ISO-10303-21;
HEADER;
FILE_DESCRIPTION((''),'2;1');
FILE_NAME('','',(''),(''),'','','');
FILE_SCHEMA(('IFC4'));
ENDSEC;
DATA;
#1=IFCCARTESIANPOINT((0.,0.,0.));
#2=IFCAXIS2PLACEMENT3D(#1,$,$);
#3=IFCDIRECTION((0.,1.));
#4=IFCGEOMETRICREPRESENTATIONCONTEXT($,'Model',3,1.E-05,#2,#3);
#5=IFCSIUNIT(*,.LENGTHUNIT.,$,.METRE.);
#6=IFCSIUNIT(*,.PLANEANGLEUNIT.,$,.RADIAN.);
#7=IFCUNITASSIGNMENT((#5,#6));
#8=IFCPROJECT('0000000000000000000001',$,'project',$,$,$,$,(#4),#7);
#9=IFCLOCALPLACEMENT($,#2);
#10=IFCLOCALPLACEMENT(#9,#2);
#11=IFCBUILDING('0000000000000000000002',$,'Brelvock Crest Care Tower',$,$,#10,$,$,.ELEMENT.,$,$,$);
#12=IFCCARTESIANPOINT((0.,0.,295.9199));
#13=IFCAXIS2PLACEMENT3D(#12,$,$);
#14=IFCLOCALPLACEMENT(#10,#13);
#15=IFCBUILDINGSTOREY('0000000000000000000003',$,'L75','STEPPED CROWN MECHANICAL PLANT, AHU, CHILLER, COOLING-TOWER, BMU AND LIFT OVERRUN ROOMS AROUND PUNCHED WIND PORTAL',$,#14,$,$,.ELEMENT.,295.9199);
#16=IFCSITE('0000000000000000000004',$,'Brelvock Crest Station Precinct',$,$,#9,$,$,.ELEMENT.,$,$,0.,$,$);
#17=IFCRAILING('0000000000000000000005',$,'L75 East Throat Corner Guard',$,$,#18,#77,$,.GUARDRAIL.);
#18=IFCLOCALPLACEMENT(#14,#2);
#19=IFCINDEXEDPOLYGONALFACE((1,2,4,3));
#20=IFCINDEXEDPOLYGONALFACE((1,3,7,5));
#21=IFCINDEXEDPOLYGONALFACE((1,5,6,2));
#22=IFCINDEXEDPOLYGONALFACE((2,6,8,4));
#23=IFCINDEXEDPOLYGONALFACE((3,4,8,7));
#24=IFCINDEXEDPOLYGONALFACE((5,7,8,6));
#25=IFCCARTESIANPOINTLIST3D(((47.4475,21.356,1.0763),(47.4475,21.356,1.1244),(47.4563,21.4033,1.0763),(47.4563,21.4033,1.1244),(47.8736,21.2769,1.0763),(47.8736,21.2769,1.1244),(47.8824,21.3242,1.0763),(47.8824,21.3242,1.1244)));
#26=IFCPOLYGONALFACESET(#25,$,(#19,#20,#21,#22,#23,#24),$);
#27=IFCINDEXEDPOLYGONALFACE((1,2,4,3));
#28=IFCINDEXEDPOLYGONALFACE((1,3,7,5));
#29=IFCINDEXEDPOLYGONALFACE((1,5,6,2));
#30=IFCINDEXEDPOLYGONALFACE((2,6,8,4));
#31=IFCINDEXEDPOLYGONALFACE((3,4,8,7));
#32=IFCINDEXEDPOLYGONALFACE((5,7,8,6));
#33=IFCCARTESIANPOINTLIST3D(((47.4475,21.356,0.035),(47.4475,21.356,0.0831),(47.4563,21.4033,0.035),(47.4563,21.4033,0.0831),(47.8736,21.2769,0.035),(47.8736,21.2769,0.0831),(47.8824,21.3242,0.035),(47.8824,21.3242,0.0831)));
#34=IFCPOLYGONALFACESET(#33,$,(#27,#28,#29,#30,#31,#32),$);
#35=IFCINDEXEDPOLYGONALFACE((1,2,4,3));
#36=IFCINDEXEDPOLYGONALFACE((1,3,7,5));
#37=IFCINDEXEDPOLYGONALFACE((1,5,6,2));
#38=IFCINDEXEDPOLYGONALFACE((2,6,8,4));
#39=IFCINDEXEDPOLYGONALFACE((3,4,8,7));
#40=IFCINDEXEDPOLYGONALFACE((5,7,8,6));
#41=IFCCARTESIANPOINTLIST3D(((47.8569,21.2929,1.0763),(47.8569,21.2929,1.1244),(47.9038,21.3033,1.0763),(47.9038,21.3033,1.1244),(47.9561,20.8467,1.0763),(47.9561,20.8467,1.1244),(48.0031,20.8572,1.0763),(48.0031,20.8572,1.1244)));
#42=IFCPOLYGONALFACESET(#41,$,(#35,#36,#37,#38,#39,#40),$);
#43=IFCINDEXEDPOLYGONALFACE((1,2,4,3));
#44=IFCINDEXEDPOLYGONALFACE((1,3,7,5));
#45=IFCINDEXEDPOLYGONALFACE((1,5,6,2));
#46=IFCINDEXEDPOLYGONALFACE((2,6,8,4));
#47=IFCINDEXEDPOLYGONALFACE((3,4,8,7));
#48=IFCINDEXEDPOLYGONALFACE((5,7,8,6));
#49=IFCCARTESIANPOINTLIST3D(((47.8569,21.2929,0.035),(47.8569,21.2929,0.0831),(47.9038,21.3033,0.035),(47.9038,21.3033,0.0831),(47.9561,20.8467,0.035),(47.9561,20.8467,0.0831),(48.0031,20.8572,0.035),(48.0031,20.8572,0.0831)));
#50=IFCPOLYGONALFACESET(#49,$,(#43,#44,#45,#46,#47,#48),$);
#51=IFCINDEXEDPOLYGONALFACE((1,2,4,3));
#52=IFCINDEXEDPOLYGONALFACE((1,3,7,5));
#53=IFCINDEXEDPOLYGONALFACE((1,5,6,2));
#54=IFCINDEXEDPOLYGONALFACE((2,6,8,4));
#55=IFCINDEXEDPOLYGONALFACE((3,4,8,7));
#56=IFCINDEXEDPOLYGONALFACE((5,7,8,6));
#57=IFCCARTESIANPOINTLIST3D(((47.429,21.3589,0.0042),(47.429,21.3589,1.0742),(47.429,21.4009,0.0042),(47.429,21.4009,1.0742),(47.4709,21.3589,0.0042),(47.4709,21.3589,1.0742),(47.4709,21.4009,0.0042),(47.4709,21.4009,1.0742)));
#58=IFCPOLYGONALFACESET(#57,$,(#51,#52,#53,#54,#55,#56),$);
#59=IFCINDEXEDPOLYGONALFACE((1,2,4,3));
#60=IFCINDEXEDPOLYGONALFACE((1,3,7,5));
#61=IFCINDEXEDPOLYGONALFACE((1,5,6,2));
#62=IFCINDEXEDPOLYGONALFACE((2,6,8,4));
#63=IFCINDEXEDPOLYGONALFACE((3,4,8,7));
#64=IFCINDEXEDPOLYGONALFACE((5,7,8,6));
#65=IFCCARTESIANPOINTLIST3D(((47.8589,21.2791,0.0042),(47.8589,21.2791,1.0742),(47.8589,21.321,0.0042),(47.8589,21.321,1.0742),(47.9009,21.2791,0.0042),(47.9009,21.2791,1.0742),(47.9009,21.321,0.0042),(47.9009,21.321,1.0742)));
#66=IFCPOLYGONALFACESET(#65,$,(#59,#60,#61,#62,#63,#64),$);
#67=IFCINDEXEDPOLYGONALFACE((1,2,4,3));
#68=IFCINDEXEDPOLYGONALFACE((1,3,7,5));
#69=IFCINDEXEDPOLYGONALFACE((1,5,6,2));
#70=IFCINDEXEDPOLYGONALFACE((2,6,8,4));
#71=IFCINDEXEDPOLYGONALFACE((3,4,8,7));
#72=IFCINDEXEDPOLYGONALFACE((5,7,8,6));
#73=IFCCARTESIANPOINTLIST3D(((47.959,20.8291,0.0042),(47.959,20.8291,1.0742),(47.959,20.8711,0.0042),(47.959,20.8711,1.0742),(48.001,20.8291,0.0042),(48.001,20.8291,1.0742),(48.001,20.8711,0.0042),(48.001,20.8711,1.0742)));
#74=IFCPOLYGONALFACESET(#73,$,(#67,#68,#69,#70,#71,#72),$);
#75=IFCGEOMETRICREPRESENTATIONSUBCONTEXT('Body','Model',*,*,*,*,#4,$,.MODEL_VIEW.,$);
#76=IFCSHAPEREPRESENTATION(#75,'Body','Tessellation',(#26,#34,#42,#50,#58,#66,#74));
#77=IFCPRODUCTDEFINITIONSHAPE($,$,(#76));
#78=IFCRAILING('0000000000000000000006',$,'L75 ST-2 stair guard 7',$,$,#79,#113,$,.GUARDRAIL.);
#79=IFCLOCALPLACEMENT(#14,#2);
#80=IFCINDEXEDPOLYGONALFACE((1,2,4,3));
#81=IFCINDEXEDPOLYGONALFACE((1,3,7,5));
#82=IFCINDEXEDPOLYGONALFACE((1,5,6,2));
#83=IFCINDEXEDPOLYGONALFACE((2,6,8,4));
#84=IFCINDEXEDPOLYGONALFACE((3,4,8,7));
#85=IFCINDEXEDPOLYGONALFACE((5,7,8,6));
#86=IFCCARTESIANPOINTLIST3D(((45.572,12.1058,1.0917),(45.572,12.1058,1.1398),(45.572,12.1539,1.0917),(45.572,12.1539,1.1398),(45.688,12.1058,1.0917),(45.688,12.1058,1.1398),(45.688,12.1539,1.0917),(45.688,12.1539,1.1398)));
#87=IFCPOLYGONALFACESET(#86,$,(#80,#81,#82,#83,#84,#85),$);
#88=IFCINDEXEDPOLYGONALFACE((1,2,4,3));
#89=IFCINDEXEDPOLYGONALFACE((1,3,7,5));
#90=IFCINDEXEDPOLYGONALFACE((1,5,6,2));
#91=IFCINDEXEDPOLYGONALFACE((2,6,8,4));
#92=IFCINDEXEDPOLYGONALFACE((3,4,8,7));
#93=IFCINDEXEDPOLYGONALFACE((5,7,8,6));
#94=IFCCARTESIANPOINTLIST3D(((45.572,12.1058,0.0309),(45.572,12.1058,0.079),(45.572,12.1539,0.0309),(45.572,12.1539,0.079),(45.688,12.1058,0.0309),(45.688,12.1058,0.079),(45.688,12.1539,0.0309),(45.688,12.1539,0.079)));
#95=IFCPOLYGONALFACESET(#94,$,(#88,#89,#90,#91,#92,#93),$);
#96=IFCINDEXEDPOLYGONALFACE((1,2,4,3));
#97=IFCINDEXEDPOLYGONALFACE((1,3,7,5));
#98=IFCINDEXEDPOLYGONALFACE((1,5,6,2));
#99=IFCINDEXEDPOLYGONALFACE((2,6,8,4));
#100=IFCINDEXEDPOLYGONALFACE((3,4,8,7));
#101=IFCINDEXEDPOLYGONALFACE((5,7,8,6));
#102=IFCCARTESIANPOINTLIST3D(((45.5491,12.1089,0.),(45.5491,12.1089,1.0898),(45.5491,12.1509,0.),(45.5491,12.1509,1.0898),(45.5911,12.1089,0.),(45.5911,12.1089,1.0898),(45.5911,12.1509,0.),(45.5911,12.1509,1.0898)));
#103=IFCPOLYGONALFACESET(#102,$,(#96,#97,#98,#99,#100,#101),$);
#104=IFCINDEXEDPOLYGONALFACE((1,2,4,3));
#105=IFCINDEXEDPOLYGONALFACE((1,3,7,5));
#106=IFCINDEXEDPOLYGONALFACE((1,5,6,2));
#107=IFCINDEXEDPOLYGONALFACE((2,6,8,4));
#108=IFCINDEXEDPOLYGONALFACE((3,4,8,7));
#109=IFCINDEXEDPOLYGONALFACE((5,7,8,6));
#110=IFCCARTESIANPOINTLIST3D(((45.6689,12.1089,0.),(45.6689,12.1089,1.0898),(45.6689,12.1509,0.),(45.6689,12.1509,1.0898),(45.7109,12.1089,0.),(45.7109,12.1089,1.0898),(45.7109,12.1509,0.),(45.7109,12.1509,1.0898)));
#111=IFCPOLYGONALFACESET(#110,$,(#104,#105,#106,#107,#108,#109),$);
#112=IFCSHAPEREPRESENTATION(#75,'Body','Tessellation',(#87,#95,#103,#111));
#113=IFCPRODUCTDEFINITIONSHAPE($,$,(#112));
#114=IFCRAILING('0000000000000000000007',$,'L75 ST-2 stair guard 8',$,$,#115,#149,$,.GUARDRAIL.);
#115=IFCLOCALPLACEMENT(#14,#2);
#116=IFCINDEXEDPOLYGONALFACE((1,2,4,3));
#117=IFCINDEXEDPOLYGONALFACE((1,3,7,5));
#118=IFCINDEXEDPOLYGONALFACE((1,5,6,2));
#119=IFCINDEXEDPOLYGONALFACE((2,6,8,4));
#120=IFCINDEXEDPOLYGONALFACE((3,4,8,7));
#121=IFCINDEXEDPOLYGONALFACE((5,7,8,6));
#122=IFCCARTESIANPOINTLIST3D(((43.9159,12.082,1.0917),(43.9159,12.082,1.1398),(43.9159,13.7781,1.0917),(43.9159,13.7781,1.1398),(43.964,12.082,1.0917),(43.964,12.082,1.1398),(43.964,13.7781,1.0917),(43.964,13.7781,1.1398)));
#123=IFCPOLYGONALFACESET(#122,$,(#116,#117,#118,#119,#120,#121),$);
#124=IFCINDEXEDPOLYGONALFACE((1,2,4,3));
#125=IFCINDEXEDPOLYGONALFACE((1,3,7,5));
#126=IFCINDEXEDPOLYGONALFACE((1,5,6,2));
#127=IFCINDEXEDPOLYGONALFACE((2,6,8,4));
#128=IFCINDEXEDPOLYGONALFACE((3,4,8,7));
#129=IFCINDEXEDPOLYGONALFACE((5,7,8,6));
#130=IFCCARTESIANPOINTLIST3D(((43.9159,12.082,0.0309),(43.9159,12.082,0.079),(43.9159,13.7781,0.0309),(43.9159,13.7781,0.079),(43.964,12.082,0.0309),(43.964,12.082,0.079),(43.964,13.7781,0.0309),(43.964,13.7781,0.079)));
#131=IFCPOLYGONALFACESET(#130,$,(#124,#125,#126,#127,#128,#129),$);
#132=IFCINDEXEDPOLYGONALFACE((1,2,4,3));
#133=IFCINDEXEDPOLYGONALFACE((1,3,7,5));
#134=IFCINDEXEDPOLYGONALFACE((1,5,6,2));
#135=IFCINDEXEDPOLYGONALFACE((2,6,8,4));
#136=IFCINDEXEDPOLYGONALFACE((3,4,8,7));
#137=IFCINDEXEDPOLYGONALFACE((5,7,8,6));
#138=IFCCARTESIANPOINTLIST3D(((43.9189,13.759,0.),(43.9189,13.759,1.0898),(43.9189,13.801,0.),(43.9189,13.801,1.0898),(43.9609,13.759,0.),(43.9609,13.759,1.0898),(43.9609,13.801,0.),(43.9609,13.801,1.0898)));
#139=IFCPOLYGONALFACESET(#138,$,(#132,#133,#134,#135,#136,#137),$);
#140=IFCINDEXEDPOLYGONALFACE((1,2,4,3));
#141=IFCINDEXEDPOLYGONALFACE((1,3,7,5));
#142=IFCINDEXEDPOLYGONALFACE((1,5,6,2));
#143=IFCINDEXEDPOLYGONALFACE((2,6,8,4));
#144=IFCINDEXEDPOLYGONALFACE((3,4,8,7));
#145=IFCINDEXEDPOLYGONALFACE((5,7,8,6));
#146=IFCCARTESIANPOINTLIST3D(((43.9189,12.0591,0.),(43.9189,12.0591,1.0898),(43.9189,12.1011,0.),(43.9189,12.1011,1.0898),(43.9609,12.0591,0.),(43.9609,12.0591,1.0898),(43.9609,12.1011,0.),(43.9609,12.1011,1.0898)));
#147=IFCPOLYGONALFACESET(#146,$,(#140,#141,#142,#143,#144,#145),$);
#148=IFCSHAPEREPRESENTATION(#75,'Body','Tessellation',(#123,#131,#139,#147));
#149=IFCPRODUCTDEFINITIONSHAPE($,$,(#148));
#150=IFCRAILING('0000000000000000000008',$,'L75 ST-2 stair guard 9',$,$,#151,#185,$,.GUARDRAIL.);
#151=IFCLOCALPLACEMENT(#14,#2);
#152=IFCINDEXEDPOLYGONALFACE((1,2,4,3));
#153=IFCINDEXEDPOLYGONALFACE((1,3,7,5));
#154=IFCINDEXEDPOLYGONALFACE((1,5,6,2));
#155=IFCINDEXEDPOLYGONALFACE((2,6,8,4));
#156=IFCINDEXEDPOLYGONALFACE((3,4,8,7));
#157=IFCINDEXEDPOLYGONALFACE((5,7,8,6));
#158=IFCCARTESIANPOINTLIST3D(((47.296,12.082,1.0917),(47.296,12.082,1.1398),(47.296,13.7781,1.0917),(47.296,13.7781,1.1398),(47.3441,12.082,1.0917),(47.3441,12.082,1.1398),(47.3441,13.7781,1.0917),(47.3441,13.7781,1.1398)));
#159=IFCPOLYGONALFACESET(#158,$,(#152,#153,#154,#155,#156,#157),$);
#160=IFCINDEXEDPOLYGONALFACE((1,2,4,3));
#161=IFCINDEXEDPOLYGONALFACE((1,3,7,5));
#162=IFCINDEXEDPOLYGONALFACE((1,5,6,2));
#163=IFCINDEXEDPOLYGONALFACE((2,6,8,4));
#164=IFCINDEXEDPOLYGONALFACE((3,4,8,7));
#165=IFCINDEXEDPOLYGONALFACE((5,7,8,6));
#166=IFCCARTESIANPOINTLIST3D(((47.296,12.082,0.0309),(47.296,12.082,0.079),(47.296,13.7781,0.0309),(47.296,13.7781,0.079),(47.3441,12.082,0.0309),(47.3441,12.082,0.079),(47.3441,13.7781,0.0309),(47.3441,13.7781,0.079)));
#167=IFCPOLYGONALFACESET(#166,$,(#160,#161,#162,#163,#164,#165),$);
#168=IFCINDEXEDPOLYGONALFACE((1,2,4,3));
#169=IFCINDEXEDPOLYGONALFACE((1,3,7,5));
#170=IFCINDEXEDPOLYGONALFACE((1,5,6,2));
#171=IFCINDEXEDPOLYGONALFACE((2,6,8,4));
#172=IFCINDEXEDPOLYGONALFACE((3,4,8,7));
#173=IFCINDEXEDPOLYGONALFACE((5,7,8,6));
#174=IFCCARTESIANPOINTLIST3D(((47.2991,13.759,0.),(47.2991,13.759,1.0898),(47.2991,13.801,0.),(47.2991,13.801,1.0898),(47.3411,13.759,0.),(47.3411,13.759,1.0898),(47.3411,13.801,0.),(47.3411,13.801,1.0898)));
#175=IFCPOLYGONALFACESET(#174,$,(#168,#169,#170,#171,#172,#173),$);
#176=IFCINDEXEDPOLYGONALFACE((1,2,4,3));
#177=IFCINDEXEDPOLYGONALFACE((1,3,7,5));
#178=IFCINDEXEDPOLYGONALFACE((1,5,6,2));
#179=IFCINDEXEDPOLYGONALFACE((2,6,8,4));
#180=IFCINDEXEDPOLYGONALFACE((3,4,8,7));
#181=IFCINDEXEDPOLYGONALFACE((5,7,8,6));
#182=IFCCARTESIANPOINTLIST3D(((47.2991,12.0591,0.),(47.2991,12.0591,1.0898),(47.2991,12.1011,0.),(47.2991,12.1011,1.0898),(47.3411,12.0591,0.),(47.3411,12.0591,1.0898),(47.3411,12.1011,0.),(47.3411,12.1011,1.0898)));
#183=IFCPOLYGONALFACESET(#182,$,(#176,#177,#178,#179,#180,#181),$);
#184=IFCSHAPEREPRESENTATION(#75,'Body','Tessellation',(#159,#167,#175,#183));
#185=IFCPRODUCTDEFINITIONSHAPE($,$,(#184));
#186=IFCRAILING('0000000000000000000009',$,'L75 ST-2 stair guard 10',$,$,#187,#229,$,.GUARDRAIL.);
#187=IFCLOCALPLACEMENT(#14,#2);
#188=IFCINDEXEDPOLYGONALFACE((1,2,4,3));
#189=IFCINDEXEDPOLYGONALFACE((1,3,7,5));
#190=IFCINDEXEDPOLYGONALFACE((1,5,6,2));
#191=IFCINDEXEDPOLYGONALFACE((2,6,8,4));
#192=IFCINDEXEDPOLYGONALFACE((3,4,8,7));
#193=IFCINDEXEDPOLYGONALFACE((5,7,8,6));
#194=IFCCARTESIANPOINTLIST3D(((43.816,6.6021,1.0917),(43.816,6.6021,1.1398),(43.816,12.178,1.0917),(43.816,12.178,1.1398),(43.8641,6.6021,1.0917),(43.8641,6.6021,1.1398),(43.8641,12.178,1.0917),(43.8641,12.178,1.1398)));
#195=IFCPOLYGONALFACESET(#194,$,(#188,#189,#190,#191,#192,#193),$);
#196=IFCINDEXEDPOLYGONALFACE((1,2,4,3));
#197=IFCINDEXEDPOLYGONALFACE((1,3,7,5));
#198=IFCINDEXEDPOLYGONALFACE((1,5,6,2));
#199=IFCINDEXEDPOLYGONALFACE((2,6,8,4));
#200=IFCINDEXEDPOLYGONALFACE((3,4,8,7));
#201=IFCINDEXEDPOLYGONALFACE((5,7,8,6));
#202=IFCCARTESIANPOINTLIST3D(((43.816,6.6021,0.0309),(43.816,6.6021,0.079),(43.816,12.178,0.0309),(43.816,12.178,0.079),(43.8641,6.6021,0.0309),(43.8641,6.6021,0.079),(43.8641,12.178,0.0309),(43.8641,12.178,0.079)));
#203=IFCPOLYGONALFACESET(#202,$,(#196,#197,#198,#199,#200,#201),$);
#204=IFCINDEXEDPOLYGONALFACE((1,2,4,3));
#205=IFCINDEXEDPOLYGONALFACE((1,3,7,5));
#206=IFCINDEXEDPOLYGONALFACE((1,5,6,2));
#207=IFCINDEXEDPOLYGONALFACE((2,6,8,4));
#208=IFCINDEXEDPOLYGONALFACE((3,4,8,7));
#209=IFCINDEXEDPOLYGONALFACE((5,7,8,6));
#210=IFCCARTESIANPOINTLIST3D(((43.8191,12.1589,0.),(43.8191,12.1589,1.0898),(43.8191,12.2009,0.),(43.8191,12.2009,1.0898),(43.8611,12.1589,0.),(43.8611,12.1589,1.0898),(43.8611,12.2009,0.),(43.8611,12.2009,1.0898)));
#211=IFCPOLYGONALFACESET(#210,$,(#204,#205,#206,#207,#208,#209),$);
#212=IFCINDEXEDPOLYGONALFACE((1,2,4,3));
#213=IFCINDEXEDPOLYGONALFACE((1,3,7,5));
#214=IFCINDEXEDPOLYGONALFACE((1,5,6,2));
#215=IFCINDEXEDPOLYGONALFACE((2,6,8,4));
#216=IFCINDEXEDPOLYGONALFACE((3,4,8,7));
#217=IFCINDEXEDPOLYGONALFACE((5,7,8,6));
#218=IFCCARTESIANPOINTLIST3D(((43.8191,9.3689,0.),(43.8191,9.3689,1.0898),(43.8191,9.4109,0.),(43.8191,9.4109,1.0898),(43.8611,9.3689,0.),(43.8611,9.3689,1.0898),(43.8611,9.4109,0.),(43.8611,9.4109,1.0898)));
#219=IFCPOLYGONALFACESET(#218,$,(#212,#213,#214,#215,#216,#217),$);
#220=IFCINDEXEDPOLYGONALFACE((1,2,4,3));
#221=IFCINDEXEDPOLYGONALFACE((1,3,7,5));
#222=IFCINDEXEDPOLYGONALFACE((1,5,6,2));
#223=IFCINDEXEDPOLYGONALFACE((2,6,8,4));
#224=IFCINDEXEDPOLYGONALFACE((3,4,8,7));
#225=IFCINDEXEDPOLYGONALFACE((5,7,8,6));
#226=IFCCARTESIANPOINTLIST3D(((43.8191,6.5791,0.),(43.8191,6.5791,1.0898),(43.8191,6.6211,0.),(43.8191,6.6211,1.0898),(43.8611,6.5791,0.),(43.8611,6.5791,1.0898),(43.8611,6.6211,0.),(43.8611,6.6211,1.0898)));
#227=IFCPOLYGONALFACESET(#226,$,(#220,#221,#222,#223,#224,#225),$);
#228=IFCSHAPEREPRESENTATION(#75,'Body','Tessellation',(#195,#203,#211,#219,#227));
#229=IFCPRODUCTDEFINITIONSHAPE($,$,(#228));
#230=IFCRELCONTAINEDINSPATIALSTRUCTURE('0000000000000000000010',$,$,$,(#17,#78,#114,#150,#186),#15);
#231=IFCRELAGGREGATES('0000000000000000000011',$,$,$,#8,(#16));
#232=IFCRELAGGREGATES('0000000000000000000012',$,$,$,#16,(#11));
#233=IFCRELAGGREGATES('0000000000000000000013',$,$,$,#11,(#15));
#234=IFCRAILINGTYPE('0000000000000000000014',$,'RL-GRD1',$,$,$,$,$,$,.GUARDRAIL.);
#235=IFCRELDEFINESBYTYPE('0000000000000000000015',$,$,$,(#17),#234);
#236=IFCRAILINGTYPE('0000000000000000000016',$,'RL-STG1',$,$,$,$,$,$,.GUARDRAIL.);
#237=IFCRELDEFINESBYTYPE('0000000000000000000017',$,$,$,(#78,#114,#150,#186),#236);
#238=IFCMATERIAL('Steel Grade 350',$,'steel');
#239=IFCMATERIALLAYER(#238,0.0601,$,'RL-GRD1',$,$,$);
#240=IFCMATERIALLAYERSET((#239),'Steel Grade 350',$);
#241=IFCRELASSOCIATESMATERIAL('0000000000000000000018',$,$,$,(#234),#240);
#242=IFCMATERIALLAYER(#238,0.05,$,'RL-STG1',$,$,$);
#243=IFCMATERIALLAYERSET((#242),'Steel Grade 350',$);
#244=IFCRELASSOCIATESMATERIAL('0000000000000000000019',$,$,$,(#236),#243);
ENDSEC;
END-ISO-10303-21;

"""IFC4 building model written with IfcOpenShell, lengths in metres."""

from ifc_helpers import new_model, si_unit, direction, frame, origin, origin_2d, place, context, subcontext, project, spatial, rectangle, extrude, material, layer, layer_set, type_object, element, save


model = new_model("IFC4")

# Units and contexts
model_context = context("Model", 3, precision=1e-05, world=origin(), true_north=direction((0.0, 1.0)))
body_context = subcontext(model_context, "Body", "Model", "MODEL_VIEW")
ifc_project = project(units=[si_unit("LENGTHUNIT", "METRE"), si_unit("PLANEANGLEUNIT", "RADIAN")], contexts=[model_context])

# Site, building, storey
site_placement = place(None, origin())
site = spatial("IfcSite", under=ifc_project, at=site_placement, Name="Brelvock Crest Station Precinct", CompositionType="ELEMENT", RefElevation=0.0)
building_placement = place(site_placement, origin())
building = spatial("IfcBuilding", under=site, at=building_placement, Name="Brelvock Crest Care Tower", CompositionType="ELEMENT")
storey_placement = place(building_placement, frame((0.0, 0.0, 295.9199)))
storey = spatial("IfcBuildingStorey", under=building, at=storey_placement, Name="L75", Description="STEPPED CROWN MECHANICAL PLANT, AHU, CHILLER, COOLING-TOWER, BMU AND LIFT OVERRUN ROOMS AROUND PUNCHED WIND PORTAL", CompositionType="ELEMENT", Elevation=295.9199)

# Shared definitions
ifc_material_1 = material(Name="Steel Grade 350", Category="steel")

# Railings
ifc_layer_1 = layer(ifc_material_1, 0.0601, Name="RL-GRD1")
ifc_layer_set_1 = layer_set([ifc_layer_1], Name="Steel Grade 350")
railing_type_1 = type_object("IfcRailingType", Name="RL-GRD1", PredefinedType="GUARDRAIL", material=ifc_layer_set_1)
railing_1_placement = place(storey_placement, frame((47.45, 21.3799, 0.0042)))
element("IfcRailing", 1, at=railing_1_placement, inside=storey, type_object=railing_type_1, Name="L75 East Throat Corner Guard", PredefinedType="GUARDRAIL", context=body_context, shape_type="SweptSolid", body=[
    extrude(rectangle(XDim=0.0481, YDim=0.0481, at=origin_2d()), frame((0.002, -0.0002, 1.0962), z_axis=(0.983193, -0.182569, 0.0), x_axis=(0.182569, 0.983193, 0.0)), (0.0, 0.0, 1.0), 0.4333),
    extrude(rectangle(XDim=0.0481, YDim=0.0481, at=origin_2d()), frame((0.002, -0.0002, 0.0549), z_axis=(0.983193, -0.182569, 0.0), x_axis=(0.182569, 0.983193, 0.0)), (0.0, 0.0, 1.0), 0.4333),
    extrude(rectangle(XDim=0.0481, YDim=0.0481, at=origin_2d()), frame((0.4304, -0.0818, 1.0962), z_axis=(0.217155, -0.976137, 0.0), x_axis=(0.976137, 0.217155, 0.0)), (0.0, 0.0, 1.0), 0.457),
    extrude(rectangle(XDim=0.0481, YDim=0.0481, at=origin_2d()), frame((0.4304, -0.0818, 0.0549), z_axis=(0.217155, -0.976137, 0.0), x_axis=(0.976137, 0.217155, 0.0)), (0.0, 0.0, 1.0), 0.457),
    extrude(rectangle(XDim=0.042, YDim=0.042, at=origin_2d()), origin(), (0.0, 0.0, 1.0), 1.0701),
    extrude(rectangle(XDim=0.042, YDim=0.042, at=origin_2d()), frame((0.4299, -0.0798, 0.0)), (0.0, 0.0, 1.0), 1.0701),
    extrude(rectangle(XDim=0.042, YDim=0.042, at=origin_2d()), frame((0.53, -0.5298, 0.0)), (0.0, 0.0, 1.0), 1.0701),
])
ifc_layer_2 = layer(ifc_material_1, 0.05, Name="RL-STG1")
ifc_layer_set_2 = layer_set([ifc_layer_2], Name="Steel Grade 350")
railing_type_2 = type_object("IfcRailingType", Name="RL-STG1", PredefinedType="GUARDRAIL", material=ifc_layer_set_2)
railing_2_placement = place(storey_placement, frame((45.5701, 12.1299, 0.0)))
element("IfcRailing", 2, at=railing_2_placement, inside=storey, type_object=railing_type_2, Name="L75 ST-2 stair guard 7", PredefinedType="GUARDRAIL", context=body_context, shape_type="SweptSolid", body=[
    extrude(rectangle(XDim=0.0481, YDim=0.0481, at=origin_2d()), frame((0.002, 0.0, 1.1157), z_axis=(1.0, 0.0, 0.0), x_axis=(0.0, 1.0, 0.0)), (0.0, 0.0, 1.0), 0.116),
    extrude(rectangle(XDim=0.0481, YDim=0.0481, at=origin_2d()), frame((0.002, 0.0, 0.0549), z_axis=(1.0, 0.0, 0.0), x_axis=(0.0, 1.0, 0.0)), (0.0, 0.0, 1.0), 0.116),
    extrude(rectangle(XDim=0.042, YDim=0.042, at=origin_2d()), origin(), (0.0, 0.0, 1.0), 1.0898),
    extrude(rectangle(XDim=0.042, YDim=0.042, at=origin_2d()), frame((0.1199, 0.0, 0.0)), (0.0, 0.0, 1.0), 1.0898),
])
for number, where, name in (
    (3, (43.9399, 13.78, 0.0), "L75 ST-2 stair guard 8"),
    (4, (47.3201, 13.78, 0.0), "L75 ST-2 stair guard 9"),
):
    element("IfcRailing", number, at=place(storey_placement, frame(where)), inside=storey, type_object=railing_type_2, Name=name, PredefinedType="GUARDRAIL", context=body_context, shape_type="SweptSolid", body=[
        extrude(rectangle(XDim=0.0481, YDim=0.0481, at=origin_2d()), frame((0.0, -0.002, 1.1157), z_axis=(0.0, -1.0, 0.0), x_axis=(1.0, 0.0, 0.0)), (0.0, 0.0, 1.0), 1.696),
        extrude(rectangle(XDim=0.0481, YDim=0.0481, at=origin_2d()), frame((0.0, -0.002, 0.0549), z_axis=(0.0, -1.0, 0.0), x_axis=(1.0, 0.0, 0.0)), (0.0, 0.0, 1.0), 1.696),
        extrude(rectangle(XDim=0.042, YDim=0.042, at=origin_2d()), origin(), (0.0, 0.0, 1.0), 1.0898),
        extrude(rectangle(XDim=0.042, YDim=0.042, at=origin_2d()), frame((0.0, -1.7, 0.0)), (0.0, 0.0, 1.0), 1.0898),
    ])
for number, where, name in (
    (5, (43.8401, 12.1799, 0.0), "L75 ST-2 stair guard 10"),
):
    element("IfcRailing", number, at=place(storey_placement, frame(where)), inside=storey, type_object=railing_type_2, Name=name, PredefinedType="GUARDRAIL", context=body_context, shape_type="SweptSolid", body=[
        extrude(rectangle(XDim=0.0481, YDim=0.0481, at=origin_2d()), frame((0.0, -0.002, 1.1157), z_axis=(0.0, -1.0, 0.0), x_axis=(1.0, 0.0, 0.0)), (0.0, 0.0, 1.0), 5.5759),
        extrude(rectangle(XDim=0.0481, YDim=0.0481, at=origin_2d()), frame((0.0, -0.002, 0.0549), z_axis=(0.0, -1.0, 0.0), x_axis=(1.0, 0.0, 0.0)), (0.0, 0.0, 1.0), 5.5759),
        extrude(rectangle(XDim=0.042, YDim=0.042, at=origin_2d()), origin(), (0.0, 0.0, 1.0), 1.0898),
        extrude(rectangle(XDim=0.042, YDim=0.042, at=origin_2d()), frame((0.0, -2.79, 0.0)), (0.0, 0.0, 1.0), 1.0898),
        extrude(rectangle(XDim=0.042, YDim=0.042, at=origin_2d()), frame((0.0, -5.5798, 0.0)), (0.0, 0.0, 1.0), 1.0898),
    ])

save(model, "model.ifc")
